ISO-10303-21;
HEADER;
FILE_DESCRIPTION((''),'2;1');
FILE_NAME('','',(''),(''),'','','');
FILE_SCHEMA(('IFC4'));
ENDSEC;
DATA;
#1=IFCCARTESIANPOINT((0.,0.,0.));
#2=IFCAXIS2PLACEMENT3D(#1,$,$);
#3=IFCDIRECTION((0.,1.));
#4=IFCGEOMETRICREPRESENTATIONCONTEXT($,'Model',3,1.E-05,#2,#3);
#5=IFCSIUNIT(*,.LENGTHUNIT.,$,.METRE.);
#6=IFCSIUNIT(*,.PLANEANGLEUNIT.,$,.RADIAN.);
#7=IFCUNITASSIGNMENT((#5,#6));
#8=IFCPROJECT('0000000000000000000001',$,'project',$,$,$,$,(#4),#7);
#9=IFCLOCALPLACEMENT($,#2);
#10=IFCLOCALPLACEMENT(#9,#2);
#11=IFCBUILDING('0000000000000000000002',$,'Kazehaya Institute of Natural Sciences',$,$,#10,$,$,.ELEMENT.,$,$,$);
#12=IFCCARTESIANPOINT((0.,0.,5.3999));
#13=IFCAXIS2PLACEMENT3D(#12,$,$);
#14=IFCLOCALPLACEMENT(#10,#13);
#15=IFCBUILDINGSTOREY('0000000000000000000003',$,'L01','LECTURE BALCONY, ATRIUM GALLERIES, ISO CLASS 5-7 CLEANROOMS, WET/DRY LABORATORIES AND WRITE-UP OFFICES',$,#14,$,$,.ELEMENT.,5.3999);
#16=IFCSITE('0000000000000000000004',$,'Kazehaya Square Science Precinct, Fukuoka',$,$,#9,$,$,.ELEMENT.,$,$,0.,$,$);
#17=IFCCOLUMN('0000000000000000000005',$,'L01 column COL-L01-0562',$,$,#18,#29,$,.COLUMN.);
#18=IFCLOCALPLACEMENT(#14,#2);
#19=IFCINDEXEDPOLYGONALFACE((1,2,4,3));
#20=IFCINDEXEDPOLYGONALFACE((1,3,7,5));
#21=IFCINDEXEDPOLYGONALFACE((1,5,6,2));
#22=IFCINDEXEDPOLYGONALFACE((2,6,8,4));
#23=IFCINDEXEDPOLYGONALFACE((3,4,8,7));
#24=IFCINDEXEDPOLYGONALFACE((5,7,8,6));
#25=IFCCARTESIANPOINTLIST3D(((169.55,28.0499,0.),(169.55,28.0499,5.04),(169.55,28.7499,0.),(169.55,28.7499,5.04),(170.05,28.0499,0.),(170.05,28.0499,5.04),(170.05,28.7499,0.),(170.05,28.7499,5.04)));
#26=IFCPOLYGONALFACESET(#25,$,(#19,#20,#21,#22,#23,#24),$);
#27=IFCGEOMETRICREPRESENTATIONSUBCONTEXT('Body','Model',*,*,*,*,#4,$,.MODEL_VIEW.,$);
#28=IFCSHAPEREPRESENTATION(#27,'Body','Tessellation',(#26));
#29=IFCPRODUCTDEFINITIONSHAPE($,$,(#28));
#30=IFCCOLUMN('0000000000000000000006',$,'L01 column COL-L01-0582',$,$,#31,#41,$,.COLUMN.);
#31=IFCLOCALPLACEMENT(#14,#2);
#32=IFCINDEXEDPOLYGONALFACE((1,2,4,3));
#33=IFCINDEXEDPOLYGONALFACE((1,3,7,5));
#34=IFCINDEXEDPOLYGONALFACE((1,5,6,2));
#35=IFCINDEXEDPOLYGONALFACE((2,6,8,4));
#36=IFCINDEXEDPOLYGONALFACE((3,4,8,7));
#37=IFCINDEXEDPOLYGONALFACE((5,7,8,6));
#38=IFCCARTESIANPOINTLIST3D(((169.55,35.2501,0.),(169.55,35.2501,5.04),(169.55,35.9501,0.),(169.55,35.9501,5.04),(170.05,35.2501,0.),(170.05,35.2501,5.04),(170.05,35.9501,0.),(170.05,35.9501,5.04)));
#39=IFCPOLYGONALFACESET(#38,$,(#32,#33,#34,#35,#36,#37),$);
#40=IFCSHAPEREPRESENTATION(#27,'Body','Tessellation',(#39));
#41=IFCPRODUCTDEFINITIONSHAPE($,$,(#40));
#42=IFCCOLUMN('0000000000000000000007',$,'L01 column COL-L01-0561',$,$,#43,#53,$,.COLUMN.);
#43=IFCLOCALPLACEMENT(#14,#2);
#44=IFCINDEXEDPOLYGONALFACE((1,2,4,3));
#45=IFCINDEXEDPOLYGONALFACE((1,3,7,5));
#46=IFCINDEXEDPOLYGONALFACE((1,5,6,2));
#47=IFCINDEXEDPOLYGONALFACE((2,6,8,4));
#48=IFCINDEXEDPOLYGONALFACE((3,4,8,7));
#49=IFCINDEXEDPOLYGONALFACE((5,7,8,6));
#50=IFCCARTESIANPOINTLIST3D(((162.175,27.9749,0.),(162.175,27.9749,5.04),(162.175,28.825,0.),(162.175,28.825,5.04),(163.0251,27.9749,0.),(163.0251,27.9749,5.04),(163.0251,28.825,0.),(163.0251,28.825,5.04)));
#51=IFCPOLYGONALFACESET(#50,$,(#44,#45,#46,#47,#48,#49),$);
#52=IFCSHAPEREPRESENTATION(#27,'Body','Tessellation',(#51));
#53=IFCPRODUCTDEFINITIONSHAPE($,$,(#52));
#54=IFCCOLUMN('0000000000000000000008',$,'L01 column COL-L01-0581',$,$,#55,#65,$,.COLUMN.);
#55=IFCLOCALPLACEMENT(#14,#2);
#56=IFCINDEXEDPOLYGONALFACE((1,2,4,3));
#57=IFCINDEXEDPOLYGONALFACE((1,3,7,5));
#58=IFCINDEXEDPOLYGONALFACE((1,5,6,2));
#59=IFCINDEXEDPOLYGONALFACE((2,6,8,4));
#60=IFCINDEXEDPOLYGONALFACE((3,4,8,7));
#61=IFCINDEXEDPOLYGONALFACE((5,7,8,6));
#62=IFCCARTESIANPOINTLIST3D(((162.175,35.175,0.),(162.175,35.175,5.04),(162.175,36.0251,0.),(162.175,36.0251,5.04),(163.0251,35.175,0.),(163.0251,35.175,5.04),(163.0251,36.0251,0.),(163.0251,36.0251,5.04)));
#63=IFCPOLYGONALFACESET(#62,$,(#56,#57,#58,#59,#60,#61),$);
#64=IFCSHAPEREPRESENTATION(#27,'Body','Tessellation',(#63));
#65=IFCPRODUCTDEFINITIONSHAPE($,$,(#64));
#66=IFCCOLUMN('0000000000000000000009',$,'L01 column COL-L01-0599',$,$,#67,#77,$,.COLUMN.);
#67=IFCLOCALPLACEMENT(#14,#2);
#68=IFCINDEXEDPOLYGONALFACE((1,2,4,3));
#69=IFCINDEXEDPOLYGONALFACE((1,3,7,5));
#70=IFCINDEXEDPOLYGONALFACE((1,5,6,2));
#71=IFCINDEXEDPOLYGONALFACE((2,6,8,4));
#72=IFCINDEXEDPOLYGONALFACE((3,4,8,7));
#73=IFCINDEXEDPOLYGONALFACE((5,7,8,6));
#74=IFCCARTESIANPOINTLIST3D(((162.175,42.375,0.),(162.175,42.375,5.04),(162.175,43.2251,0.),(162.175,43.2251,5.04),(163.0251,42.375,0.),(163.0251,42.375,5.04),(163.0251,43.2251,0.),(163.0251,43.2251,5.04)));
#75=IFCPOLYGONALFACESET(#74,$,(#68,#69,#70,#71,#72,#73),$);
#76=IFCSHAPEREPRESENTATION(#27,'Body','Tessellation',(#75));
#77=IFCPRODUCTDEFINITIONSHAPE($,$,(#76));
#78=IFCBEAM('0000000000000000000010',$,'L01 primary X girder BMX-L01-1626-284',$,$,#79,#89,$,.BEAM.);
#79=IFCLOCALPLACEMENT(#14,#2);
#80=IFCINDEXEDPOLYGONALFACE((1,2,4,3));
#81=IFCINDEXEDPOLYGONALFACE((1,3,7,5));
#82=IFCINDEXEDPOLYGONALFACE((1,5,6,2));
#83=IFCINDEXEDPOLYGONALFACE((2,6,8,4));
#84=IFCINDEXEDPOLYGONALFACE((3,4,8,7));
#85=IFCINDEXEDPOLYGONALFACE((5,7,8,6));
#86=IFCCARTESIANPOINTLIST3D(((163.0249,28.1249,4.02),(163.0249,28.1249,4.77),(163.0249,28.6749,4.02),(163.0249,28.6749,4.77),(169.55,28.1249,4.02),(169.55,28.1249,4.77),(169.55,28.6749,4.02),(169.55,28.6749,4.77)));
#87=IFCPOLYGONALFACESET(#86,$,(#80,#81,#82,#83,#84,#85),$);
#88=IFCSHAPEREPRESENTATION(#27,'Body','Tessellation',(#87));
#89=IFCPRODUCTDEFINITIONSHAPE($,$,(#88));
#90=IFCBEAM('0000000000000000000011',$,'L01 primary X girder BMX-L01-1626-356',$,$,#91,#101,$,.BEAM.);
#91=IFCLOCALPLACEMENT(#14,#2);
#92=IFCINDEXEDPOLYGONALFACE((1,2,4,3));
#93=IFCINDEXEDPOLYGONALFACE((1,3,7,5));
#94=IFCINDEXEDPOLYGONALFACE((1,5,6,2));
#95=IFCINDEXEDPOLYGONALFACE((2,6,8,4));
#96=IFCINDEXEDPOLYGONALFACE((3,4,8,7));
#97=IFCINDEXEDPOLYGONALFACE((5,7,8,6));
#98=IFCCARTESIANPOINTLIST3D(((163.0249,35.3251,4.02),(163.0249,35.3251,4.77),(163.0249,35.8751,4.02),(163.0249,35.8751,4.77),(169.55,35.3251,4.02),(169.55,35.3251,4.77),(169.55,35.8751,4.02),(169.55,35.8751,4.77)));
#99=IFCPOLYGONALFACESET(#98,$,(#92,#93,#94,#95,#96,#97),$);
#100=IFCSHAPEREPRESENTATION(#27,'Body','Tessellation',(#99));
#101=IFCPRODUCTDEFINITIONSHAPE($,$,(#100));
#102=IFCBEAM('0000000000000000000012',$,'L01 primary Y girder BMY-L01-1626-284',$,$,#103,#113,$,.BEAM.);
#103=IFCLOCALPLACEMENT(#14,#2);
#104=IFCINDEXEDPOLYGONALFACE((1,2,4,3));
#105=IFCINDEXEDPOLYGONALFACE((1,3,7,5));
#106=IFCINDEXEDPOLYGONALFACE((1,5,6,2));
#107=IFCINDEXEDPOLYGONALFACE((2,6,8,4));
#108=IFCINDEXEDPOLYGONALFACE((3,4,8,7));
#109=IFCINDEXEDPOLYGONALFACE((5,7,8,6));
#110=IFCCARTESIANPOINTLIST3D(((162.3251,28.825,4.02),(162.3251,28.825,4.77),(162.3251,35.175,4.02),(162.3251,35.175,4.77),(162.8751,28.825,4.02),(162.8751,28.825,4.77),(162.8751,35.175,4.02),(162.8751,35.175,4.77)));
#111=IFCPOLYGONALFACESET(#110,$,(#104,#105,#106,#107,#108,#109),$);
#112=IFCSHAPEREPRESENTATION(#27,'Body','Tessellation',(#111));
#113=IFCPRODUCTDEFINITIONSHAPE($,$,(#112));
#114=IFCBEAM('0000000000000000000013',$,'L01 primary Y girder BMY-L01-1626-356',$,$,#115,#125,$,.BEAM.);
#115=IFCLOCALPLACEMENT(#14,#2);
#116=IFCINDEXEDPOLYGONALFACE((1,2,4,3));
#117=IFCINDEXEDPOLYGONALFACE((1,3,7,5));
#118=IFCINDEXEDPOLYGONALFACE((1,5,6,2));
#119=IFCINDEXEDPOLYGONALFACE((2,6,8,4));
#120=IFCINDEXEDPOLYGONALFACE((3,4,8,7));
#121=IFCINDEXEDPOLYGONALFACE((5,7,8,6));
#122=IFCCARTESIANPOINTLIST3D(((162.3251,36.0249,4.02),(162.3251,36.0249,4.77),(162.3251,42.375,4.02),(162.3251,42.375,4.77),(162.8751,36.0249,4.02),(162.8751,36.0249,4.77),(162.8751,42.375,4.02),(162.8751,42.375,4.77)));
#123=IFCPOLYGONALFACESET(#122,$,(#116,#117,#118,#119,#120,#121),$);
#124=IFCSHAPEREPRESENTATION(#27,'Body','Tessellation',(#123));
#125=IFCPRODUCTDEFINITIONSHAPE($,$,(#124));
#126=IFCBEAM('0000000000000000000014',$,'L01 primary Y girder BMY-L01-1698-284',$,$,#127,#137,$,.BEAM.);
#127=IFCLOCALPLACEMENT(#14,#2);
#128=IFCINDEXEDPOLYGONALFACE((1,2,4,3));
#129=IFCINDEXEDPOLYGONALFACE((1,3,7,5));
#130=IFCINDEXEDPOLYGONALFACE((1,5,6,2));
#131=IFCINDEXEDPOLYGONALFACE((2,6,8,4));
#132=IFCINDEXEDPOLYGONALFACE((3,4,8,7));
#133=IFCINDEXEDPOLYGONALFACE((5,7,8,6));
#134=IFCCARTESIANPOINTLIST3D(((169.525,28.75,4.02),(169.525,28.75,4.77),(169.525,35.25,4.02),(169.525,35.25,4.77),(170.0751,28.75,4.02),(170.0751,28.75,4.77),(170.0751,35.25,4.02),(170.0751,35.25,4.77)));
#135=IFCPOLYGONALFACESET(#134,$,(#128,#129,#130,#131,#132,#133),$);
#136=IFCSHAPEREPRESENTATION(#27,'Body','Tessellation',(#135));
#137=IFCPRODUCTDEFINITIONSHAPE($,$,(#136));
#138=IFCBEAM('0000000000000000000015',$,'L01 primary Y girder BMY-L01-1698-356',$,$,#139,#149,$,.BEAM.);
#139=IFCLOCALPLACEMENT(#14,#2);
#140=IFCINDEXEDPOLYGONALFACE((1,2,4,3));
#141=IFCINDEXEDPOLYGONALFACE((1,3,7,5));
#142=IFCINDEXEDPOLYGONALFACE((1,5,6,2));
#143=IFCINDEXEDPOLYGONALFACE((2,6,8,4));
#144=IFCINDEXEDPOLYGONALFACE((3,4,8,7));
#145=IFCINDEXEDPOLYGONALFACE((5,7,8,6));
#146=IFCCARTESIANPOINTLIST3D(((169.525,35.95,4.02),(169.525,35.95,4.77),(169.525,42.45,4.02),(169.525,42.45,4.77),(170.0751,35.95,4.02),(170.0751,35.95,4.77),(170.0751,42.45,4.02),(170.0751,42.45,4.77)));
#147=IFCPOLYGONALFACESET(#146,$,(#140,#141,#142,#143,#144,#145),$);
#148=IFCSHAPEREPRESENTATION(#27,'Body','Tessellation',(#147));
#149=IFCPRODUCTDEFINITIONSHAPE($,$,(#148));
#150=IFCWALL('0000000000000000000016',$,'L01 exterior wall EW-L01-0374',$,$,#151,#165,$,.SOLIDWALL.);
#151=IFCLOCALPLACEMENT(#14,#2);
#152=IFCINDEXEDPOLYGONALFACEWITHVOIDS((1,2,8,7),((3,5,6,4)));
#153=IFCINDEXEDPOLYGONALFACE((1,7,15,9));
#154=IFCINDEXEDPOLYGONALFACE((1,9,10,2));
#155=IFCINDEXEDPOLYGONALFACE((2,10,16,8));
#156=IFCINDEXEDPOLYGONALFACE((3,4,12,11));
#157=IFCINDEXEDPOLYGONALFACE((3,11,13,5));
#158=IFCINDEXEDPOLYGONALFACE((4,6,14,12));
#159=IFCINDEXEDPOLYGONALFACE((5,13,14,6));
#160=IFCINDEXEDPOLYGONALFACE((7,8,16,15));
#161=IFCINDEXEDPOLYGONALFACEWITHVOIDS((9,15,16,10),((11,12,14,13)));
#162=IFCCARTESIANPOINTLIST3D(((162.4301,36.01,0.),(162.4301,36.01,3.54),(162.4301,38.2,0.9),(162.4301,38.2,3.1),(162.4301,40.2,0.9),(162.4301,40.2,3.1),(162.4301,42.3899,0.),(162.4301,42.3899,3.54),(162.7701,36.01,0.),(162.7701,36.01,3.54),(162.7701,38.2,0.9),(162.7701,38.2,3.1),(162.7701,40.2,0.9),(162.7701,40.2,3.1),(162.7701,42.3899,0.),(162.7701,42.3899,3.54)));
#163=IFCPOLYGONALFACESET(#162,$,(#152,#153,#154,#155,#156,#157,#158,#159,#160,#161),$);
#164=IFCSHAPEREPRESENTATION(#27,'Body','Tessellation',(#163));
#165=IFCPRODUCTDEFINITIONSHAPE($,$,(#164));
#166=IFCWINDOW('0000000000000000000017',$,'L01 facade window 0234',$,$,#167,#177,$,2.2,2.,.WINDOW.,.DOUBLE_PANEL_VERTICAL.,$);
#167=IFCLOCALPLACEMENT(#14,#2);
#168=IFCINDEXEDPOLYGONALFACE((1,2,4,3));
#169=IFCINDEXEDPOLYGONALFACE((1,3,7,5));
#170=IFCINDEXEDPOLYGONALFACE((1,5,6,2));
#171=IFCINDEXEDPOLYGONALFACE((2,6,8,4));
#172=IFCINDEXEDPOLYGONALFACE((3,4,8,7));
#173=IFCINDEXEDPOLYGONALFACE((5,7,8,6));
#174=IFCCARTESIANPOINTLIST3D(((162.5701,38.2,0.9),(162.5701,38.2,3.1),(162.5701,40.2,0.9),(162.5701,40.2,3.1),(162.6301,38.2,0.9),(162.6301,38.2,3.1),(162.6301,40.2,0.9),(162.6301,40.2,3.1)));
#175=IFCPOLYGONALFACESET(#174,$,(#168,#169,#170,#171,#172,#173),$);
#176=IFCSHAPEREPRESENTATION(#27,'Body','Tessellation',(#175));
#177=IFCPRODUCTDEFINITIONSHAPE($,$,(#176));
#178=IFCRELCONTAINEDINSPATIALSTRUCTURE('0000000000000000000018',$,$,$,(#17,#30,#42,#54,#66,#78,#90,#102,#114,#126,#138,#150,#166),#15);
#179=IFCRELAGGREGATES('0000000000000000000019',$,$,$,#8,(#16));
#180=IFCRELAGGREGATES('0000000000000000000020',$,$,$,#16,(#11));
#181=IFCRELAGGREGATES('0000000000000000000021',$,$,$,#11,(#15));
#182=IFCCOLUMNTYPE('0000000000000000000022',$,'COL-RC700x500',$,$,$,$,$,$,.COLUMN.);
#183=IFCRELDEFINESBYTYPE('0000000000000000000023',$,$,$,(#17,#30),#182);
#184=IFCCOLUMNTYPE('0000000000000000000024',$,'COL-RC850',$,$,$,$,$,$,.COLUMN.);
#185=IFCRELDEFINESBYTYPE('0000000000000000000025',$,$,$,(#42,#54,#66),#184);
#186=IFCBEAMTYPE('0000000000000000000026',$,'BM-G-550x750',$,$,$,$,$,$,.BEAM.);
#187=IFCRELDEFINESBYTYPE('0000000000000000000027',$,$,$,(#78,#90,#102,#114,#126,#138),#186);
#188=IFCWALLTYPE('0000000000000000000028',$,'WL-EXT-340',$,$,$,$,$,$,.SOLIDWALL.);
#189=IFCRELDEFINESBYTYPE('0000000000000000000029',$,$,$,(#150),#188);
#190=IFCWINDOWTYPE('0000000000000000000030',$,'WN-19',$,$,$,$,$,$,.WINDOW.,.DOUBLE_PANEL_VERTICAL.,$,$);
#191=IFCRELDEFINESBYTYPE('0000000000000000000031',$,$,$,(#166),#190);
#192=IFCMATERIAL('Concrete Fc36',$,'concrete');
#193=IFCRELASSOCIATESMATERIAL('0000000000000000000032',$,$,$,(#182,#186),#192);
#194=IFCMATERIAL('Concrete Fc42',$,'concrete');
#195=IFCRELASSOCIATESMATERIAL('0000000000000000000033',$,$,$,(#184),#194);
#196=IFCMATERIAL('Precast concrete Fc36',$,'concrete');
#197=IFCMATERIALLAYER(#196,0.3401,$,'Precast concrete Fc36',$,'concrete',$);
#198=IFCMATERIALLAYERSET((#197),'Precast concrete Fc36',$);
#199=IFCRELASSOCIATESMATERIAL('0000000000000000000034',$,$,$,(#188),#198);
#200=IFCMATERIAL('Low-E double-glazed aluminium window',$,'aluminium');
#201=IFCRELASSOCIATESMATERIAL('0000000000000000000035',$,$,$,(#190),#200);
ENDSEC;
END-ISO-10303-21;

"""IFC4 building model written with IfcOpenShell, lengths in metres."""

from ifc_helpers import new_model, si_unit, direction, frame, frame_2d, origin, origin_2d, place, context, subcontext, project, spatial, rectangle, extrude, material, layer, layer_set, material_profile, profile_set, type_object, element, fill, save


model = new_model("IFC4")

# Units and contexts
model_context = context("Model", 3, precision=1e-05, world=origin(), true_north=direction((0.0, 1.0)))
body_context = subcontext(model_context, "Body", "Model", "MODEL_VIEW")
ifc_project = project(units=[si_unit("LENGTHUNIT", "METRE"), si_unit("PLANEANGLEUNIT", "RADIAN")], contexts=[model_context])

# Site, building, storey
site_placement = place(None, origin())
site = spatial("IfcSite", under=ifc_project, at=site_placement, Name="Kazehaya Square Science Precinct, Fukuoka", CompositionType="ELEMENT", RefElevation=0.0)
building_placement = place(site_placement, origin())
building = spatial("IfcBuilding", under=site, at=building_placement, Name="Kazehaya Institute of Natural Sciences", CompositionType="ELEMENT")
storey_placement = place(building_placement, frame((0.0, 0.0, 5.3999)))
storey = spatial("IfcBuildingStorey", under=building, at=storey_placement, Name="L01", Description="LECTURE BALCONY, ATRIUM GALLERIES, ISO CLASS 5-7 CLEANROOMS, WET/DRY LABORATORIES AND WRITE-UP OFFICES", CompositionType="ELEMENT", Elevation=5.3999)

# Columns
ifc_material_1 = material(Name="Concrete Fc36", Category="concrete")
ifc_material_profile_1 = material_profile(ifc_material_1, rectangle(XDim=0.5, YDim=0.7, at=origin_2d()), Name="RC-700x500")
ifc_profile_set_1 = profile_set([ifc_material_profile_1], Name="Concrete Fc36")
column_type_1 = type_object("IfcColumnType", Name="COL-RC700x500", PredefinedType="COLUMN", material=ifc_profile_set_1)
for number, where, z_axis, x_axis, name in (
    (1, (169.8, 28.3999, 0.0), (0.0, 0.0, 1.0), (1.0, 0.0, 0.0), "L01 column COL-L01-0562"),
    (2, (169.8, 35.6001, 0.0), (0.0, 0.0, 1.0), (1.0, 0.0, 0.0), "L01 column COL-L01-0582"),
):
    element("IfcColumn", number, at=place(storey_placement, frame(where, z_axis=z_axis, x_axis=x_axis)), inside=storey, type_object=column_type_1, Name=name, PredefinedType="COLUMN", context=body_context, shape_type="SweptSolid", body=[
        extrude(rectangle(XDim=0.5, YDim=0.7, at=origin_2d()), origin(), (0.0, 0.0, 1.0), 5.04),
    ])
ifc_material_2 = material(Name="Concrete Fc42", Category="concrete")
ifc_material_profile_2 = material_profile(ifc_material_2, rectangle(XDim=0.8501, YDim=0.8501, at=origin_2d()), Name="RC-850x850")
ifc_profile_set_2 = profile_set([ifc_material_profile_2], Name="Concrete Fc42")
column_type_2 = type_object("IfcColumnType", Name="COL-RC850", PredefinedType="COLUMN", material=ifc_profile_set_2)
for number, where, z_axis, x_axis, name in (
    (3, (162.6001, 28.3999, 0.0), (0.0, 0.0, 1.0), (1.0, 0.0, 0.0), "L01 column COL-L01-0561"),
    (4, (162.6001, 35.6001, 0.0), (0.0, 0.0, 1.0), (1.0, 0.0, 0.0), "L01 column COL-L01-0581"),
    (5, (162.6001, 42.8, 0.0), (0.0, 0.0, 1.0), (1.0, 0.0, 0.0), "L01 column COL-L01-0599"),
):
    element("IfcColumn", number, at=place(storey_placement, frame(where, z_axis=z_axis, x_axis=x_axis)), inside=storey, type_object=column_type_2, Name=name, PredefinedType="COLUMN", context=body_context, shape_type="SweptSolid", body=[
        extrude(rectangle(XDim=0.8501, YDim=0.8501, at=origin_2d()), origin(), (0.0, 0.0, 1.0), 5.04),
    ])

# Beams
ifc_material_profile_3 = material_profile(ifc_material_1, rectangle(XDim=0.55, YDim=0.75, at=origin_2d()), Name="RC-550x750")
ifc_profile_set_3 = profile_set([ifc_material_profile_3], Name="Concrete Fc36")
beam_type = type_object("IfcBeamType", Name="BM-G-550x750", PredefinedType="BEAM", material=ifc_profile_set_3)
for number, where, z_axis, x_axis, name in (
    (6, (163.0249, 28.3999, 4.395), (1.0, 0.0, 0.0), (0.0, 1.0, 0.0), "L01 primary X girder BMX-L01-1626-284"),
    (7, (163.0249, 35.6001, 4.395), (1.0, 0.0, 0.0), (0.0, 1.0, 0.0), "L01 primary X girder BMX-L01-1626-356"),
):
    element("IfcBeam", number, at=place(storey_placement, frame(where, z_axis=z_axis, x_axis=x_axis)), inside=storey, type_object=beam_type, Name=name, PredefinedType="BEAM", context=body_context, shape_type="SweptSolid", body=[
        extrude(rectangle(XDim=0.55, YDim=0.75, at=origin_2d()), origin(), (0.0, 0.0, 1.0), 6.5251),
    ])
for number, where, z_axis, x_axis, name in (
    (8, (162.6001, 28.825, 4.395), (0.0, 1.0, 0.0), (-1.0, 0.0, 0.0), "L01 primary Y girder BMY-L01-1626-284"),
    (9, (162.6001, 36.0249, 4.395), (0.0, 1.0, 0.0), (-1.0, 0.0, 0.0), "L01 primary Y girder BMY-L01-1626-356"),
):
    element("IfcBeam", number, at=place(storey_placement, frame(where, z_axis=z_axis, x_axis=x_axis)), inside=storey, type_object=beam_type, Name=name, PredefinedType="BEAM", context=body_context, shape_type="SweptSolid", body=[
        extrude(rectangle(XDim=0.55, YDim=0.75, at=origin_2d()), origin(), (0.0, 0.0, 1.0), 6.3501),
    ])
for number, where, z_axis, x_axis, name in (
    (10, (169.8, 28.75, 4.395), (0.0, 1.0, 0.0), (-1.0, 0.0, 0.0), "L01 primary Y girder BMY-L01-1698-284"),
    (11, (169.8, 35.95, 4.395), (0.0, 1.0, 0.0), (-1.0, 0.0, 0.0), "L01 primary Y girder BMY-L01-1698-356"),
):
    element("IfcBeam", number, at=place(storey_placement, frame(where, z_axis=z_axis, x_axis=x_axis)), inside=storey, type_object=beam_type, Name=name, PredefinedType="BEAM", context=body_context, shape_type="SweptSolid", body=[
        extrude(rectangle(XDim=0.55, YDim=0.75, at=origin_2d()), origin(), (0.0, 0.0, 1.0), 6.5),
    ])

# Wall, opening, window
ifc_material_3 = material(Name="Precast concrete Fc36", Category="concrete")
ifc_layer_1 = layer(ifc_material_3, 0.3401, Name="Precast concrete Fc36", Category="concrete")
ifc_layer_set_1 = layer_set([ifc_layer_1], Name="Precast concrete Fc36")
wall_type_1 = type_object("IfcWallType", Name="WL-EXT-340", PredefinedType="SOLIDWALL", material=ifc_layer_set_1)
wall_1_placement = place(storey_placement, frame((162.6001, 42.3899, 0.0), z_axis=(0.0, 0.0, 1.0), x_axis=(0.0, -1.0, 0.0)))
wall_1 = element("IfcWall", 12, at=wall_1_placement, inside=storey, type_object=wall_type_1, Name="L01 exterior wall EW-L01-0374", PredefinedType="SOLIDWALL", context=body_context, shape_type="SweptSolid", body=[
    extrude(rectangle(XDim=6.3799, YDim=0.3401, at=frame_2d((3.1899, 0.0))), origin(), (0.0, 0.0, 1.0), 3.54),
])
opening_1_placement = place(wall_1_placement, frame((2.1899, 0.0, 0.8999)))
opening_1 = element("IfcOpeningElement", 13, at=opening_1_placement, cuts=wall_1, PredefinedType="OPENING", context=body_context, shape_type="SweptSolid", body=[
    extrude(rectangle(XDim=2.0, YDim=2.2, at=frame_2d((1.0, 1.1001))), frame((0.0, 0.1799, 0.0), z_axis=(0.0, -1.0, 0.0), x_axis=(1.0, 0.0, 0.0)), (0.0, 0.0, 1.0), 0.3601),
])
ifc_material_4 = material(Name="Low-E double-glazed aluminium window", Category="aluminium")
window_type = type_object("IfcWindowType", Name="WN-19", PartitioningType="DOUBLE_PANEL_VERTICAL", PredefinedType="WINDOW", material=ifc_material_4)
window_1_placement = place(opening_1_placement, origin())
window_1 = element("IfcWindow", 14, at=window_1_placement, inside=storey, type_object=window_type, Name="L01 facade window 0234", OverallHeight=2.2, OverallWidth=2.0, PartitioningType="DOUBLE_PANEL_VERTICAL", PredefinedType="WINDOW", context=body_context, shape_type="SweptSolid", body=[
    extrude(rectangle(XDim=2.0, YDim=2.2, at=frame_2d((1.0, 1.1001))), frame((0.0, 0.03, 0.0), z_axis=(0.0, -1.0, 0.0), x_axis=(1.0, 0.0, 0.0)), (0.0, 0.0, 1.0), 0.0601),
])
fill(opening_1, window_1)

save(model, "model.ifc")
